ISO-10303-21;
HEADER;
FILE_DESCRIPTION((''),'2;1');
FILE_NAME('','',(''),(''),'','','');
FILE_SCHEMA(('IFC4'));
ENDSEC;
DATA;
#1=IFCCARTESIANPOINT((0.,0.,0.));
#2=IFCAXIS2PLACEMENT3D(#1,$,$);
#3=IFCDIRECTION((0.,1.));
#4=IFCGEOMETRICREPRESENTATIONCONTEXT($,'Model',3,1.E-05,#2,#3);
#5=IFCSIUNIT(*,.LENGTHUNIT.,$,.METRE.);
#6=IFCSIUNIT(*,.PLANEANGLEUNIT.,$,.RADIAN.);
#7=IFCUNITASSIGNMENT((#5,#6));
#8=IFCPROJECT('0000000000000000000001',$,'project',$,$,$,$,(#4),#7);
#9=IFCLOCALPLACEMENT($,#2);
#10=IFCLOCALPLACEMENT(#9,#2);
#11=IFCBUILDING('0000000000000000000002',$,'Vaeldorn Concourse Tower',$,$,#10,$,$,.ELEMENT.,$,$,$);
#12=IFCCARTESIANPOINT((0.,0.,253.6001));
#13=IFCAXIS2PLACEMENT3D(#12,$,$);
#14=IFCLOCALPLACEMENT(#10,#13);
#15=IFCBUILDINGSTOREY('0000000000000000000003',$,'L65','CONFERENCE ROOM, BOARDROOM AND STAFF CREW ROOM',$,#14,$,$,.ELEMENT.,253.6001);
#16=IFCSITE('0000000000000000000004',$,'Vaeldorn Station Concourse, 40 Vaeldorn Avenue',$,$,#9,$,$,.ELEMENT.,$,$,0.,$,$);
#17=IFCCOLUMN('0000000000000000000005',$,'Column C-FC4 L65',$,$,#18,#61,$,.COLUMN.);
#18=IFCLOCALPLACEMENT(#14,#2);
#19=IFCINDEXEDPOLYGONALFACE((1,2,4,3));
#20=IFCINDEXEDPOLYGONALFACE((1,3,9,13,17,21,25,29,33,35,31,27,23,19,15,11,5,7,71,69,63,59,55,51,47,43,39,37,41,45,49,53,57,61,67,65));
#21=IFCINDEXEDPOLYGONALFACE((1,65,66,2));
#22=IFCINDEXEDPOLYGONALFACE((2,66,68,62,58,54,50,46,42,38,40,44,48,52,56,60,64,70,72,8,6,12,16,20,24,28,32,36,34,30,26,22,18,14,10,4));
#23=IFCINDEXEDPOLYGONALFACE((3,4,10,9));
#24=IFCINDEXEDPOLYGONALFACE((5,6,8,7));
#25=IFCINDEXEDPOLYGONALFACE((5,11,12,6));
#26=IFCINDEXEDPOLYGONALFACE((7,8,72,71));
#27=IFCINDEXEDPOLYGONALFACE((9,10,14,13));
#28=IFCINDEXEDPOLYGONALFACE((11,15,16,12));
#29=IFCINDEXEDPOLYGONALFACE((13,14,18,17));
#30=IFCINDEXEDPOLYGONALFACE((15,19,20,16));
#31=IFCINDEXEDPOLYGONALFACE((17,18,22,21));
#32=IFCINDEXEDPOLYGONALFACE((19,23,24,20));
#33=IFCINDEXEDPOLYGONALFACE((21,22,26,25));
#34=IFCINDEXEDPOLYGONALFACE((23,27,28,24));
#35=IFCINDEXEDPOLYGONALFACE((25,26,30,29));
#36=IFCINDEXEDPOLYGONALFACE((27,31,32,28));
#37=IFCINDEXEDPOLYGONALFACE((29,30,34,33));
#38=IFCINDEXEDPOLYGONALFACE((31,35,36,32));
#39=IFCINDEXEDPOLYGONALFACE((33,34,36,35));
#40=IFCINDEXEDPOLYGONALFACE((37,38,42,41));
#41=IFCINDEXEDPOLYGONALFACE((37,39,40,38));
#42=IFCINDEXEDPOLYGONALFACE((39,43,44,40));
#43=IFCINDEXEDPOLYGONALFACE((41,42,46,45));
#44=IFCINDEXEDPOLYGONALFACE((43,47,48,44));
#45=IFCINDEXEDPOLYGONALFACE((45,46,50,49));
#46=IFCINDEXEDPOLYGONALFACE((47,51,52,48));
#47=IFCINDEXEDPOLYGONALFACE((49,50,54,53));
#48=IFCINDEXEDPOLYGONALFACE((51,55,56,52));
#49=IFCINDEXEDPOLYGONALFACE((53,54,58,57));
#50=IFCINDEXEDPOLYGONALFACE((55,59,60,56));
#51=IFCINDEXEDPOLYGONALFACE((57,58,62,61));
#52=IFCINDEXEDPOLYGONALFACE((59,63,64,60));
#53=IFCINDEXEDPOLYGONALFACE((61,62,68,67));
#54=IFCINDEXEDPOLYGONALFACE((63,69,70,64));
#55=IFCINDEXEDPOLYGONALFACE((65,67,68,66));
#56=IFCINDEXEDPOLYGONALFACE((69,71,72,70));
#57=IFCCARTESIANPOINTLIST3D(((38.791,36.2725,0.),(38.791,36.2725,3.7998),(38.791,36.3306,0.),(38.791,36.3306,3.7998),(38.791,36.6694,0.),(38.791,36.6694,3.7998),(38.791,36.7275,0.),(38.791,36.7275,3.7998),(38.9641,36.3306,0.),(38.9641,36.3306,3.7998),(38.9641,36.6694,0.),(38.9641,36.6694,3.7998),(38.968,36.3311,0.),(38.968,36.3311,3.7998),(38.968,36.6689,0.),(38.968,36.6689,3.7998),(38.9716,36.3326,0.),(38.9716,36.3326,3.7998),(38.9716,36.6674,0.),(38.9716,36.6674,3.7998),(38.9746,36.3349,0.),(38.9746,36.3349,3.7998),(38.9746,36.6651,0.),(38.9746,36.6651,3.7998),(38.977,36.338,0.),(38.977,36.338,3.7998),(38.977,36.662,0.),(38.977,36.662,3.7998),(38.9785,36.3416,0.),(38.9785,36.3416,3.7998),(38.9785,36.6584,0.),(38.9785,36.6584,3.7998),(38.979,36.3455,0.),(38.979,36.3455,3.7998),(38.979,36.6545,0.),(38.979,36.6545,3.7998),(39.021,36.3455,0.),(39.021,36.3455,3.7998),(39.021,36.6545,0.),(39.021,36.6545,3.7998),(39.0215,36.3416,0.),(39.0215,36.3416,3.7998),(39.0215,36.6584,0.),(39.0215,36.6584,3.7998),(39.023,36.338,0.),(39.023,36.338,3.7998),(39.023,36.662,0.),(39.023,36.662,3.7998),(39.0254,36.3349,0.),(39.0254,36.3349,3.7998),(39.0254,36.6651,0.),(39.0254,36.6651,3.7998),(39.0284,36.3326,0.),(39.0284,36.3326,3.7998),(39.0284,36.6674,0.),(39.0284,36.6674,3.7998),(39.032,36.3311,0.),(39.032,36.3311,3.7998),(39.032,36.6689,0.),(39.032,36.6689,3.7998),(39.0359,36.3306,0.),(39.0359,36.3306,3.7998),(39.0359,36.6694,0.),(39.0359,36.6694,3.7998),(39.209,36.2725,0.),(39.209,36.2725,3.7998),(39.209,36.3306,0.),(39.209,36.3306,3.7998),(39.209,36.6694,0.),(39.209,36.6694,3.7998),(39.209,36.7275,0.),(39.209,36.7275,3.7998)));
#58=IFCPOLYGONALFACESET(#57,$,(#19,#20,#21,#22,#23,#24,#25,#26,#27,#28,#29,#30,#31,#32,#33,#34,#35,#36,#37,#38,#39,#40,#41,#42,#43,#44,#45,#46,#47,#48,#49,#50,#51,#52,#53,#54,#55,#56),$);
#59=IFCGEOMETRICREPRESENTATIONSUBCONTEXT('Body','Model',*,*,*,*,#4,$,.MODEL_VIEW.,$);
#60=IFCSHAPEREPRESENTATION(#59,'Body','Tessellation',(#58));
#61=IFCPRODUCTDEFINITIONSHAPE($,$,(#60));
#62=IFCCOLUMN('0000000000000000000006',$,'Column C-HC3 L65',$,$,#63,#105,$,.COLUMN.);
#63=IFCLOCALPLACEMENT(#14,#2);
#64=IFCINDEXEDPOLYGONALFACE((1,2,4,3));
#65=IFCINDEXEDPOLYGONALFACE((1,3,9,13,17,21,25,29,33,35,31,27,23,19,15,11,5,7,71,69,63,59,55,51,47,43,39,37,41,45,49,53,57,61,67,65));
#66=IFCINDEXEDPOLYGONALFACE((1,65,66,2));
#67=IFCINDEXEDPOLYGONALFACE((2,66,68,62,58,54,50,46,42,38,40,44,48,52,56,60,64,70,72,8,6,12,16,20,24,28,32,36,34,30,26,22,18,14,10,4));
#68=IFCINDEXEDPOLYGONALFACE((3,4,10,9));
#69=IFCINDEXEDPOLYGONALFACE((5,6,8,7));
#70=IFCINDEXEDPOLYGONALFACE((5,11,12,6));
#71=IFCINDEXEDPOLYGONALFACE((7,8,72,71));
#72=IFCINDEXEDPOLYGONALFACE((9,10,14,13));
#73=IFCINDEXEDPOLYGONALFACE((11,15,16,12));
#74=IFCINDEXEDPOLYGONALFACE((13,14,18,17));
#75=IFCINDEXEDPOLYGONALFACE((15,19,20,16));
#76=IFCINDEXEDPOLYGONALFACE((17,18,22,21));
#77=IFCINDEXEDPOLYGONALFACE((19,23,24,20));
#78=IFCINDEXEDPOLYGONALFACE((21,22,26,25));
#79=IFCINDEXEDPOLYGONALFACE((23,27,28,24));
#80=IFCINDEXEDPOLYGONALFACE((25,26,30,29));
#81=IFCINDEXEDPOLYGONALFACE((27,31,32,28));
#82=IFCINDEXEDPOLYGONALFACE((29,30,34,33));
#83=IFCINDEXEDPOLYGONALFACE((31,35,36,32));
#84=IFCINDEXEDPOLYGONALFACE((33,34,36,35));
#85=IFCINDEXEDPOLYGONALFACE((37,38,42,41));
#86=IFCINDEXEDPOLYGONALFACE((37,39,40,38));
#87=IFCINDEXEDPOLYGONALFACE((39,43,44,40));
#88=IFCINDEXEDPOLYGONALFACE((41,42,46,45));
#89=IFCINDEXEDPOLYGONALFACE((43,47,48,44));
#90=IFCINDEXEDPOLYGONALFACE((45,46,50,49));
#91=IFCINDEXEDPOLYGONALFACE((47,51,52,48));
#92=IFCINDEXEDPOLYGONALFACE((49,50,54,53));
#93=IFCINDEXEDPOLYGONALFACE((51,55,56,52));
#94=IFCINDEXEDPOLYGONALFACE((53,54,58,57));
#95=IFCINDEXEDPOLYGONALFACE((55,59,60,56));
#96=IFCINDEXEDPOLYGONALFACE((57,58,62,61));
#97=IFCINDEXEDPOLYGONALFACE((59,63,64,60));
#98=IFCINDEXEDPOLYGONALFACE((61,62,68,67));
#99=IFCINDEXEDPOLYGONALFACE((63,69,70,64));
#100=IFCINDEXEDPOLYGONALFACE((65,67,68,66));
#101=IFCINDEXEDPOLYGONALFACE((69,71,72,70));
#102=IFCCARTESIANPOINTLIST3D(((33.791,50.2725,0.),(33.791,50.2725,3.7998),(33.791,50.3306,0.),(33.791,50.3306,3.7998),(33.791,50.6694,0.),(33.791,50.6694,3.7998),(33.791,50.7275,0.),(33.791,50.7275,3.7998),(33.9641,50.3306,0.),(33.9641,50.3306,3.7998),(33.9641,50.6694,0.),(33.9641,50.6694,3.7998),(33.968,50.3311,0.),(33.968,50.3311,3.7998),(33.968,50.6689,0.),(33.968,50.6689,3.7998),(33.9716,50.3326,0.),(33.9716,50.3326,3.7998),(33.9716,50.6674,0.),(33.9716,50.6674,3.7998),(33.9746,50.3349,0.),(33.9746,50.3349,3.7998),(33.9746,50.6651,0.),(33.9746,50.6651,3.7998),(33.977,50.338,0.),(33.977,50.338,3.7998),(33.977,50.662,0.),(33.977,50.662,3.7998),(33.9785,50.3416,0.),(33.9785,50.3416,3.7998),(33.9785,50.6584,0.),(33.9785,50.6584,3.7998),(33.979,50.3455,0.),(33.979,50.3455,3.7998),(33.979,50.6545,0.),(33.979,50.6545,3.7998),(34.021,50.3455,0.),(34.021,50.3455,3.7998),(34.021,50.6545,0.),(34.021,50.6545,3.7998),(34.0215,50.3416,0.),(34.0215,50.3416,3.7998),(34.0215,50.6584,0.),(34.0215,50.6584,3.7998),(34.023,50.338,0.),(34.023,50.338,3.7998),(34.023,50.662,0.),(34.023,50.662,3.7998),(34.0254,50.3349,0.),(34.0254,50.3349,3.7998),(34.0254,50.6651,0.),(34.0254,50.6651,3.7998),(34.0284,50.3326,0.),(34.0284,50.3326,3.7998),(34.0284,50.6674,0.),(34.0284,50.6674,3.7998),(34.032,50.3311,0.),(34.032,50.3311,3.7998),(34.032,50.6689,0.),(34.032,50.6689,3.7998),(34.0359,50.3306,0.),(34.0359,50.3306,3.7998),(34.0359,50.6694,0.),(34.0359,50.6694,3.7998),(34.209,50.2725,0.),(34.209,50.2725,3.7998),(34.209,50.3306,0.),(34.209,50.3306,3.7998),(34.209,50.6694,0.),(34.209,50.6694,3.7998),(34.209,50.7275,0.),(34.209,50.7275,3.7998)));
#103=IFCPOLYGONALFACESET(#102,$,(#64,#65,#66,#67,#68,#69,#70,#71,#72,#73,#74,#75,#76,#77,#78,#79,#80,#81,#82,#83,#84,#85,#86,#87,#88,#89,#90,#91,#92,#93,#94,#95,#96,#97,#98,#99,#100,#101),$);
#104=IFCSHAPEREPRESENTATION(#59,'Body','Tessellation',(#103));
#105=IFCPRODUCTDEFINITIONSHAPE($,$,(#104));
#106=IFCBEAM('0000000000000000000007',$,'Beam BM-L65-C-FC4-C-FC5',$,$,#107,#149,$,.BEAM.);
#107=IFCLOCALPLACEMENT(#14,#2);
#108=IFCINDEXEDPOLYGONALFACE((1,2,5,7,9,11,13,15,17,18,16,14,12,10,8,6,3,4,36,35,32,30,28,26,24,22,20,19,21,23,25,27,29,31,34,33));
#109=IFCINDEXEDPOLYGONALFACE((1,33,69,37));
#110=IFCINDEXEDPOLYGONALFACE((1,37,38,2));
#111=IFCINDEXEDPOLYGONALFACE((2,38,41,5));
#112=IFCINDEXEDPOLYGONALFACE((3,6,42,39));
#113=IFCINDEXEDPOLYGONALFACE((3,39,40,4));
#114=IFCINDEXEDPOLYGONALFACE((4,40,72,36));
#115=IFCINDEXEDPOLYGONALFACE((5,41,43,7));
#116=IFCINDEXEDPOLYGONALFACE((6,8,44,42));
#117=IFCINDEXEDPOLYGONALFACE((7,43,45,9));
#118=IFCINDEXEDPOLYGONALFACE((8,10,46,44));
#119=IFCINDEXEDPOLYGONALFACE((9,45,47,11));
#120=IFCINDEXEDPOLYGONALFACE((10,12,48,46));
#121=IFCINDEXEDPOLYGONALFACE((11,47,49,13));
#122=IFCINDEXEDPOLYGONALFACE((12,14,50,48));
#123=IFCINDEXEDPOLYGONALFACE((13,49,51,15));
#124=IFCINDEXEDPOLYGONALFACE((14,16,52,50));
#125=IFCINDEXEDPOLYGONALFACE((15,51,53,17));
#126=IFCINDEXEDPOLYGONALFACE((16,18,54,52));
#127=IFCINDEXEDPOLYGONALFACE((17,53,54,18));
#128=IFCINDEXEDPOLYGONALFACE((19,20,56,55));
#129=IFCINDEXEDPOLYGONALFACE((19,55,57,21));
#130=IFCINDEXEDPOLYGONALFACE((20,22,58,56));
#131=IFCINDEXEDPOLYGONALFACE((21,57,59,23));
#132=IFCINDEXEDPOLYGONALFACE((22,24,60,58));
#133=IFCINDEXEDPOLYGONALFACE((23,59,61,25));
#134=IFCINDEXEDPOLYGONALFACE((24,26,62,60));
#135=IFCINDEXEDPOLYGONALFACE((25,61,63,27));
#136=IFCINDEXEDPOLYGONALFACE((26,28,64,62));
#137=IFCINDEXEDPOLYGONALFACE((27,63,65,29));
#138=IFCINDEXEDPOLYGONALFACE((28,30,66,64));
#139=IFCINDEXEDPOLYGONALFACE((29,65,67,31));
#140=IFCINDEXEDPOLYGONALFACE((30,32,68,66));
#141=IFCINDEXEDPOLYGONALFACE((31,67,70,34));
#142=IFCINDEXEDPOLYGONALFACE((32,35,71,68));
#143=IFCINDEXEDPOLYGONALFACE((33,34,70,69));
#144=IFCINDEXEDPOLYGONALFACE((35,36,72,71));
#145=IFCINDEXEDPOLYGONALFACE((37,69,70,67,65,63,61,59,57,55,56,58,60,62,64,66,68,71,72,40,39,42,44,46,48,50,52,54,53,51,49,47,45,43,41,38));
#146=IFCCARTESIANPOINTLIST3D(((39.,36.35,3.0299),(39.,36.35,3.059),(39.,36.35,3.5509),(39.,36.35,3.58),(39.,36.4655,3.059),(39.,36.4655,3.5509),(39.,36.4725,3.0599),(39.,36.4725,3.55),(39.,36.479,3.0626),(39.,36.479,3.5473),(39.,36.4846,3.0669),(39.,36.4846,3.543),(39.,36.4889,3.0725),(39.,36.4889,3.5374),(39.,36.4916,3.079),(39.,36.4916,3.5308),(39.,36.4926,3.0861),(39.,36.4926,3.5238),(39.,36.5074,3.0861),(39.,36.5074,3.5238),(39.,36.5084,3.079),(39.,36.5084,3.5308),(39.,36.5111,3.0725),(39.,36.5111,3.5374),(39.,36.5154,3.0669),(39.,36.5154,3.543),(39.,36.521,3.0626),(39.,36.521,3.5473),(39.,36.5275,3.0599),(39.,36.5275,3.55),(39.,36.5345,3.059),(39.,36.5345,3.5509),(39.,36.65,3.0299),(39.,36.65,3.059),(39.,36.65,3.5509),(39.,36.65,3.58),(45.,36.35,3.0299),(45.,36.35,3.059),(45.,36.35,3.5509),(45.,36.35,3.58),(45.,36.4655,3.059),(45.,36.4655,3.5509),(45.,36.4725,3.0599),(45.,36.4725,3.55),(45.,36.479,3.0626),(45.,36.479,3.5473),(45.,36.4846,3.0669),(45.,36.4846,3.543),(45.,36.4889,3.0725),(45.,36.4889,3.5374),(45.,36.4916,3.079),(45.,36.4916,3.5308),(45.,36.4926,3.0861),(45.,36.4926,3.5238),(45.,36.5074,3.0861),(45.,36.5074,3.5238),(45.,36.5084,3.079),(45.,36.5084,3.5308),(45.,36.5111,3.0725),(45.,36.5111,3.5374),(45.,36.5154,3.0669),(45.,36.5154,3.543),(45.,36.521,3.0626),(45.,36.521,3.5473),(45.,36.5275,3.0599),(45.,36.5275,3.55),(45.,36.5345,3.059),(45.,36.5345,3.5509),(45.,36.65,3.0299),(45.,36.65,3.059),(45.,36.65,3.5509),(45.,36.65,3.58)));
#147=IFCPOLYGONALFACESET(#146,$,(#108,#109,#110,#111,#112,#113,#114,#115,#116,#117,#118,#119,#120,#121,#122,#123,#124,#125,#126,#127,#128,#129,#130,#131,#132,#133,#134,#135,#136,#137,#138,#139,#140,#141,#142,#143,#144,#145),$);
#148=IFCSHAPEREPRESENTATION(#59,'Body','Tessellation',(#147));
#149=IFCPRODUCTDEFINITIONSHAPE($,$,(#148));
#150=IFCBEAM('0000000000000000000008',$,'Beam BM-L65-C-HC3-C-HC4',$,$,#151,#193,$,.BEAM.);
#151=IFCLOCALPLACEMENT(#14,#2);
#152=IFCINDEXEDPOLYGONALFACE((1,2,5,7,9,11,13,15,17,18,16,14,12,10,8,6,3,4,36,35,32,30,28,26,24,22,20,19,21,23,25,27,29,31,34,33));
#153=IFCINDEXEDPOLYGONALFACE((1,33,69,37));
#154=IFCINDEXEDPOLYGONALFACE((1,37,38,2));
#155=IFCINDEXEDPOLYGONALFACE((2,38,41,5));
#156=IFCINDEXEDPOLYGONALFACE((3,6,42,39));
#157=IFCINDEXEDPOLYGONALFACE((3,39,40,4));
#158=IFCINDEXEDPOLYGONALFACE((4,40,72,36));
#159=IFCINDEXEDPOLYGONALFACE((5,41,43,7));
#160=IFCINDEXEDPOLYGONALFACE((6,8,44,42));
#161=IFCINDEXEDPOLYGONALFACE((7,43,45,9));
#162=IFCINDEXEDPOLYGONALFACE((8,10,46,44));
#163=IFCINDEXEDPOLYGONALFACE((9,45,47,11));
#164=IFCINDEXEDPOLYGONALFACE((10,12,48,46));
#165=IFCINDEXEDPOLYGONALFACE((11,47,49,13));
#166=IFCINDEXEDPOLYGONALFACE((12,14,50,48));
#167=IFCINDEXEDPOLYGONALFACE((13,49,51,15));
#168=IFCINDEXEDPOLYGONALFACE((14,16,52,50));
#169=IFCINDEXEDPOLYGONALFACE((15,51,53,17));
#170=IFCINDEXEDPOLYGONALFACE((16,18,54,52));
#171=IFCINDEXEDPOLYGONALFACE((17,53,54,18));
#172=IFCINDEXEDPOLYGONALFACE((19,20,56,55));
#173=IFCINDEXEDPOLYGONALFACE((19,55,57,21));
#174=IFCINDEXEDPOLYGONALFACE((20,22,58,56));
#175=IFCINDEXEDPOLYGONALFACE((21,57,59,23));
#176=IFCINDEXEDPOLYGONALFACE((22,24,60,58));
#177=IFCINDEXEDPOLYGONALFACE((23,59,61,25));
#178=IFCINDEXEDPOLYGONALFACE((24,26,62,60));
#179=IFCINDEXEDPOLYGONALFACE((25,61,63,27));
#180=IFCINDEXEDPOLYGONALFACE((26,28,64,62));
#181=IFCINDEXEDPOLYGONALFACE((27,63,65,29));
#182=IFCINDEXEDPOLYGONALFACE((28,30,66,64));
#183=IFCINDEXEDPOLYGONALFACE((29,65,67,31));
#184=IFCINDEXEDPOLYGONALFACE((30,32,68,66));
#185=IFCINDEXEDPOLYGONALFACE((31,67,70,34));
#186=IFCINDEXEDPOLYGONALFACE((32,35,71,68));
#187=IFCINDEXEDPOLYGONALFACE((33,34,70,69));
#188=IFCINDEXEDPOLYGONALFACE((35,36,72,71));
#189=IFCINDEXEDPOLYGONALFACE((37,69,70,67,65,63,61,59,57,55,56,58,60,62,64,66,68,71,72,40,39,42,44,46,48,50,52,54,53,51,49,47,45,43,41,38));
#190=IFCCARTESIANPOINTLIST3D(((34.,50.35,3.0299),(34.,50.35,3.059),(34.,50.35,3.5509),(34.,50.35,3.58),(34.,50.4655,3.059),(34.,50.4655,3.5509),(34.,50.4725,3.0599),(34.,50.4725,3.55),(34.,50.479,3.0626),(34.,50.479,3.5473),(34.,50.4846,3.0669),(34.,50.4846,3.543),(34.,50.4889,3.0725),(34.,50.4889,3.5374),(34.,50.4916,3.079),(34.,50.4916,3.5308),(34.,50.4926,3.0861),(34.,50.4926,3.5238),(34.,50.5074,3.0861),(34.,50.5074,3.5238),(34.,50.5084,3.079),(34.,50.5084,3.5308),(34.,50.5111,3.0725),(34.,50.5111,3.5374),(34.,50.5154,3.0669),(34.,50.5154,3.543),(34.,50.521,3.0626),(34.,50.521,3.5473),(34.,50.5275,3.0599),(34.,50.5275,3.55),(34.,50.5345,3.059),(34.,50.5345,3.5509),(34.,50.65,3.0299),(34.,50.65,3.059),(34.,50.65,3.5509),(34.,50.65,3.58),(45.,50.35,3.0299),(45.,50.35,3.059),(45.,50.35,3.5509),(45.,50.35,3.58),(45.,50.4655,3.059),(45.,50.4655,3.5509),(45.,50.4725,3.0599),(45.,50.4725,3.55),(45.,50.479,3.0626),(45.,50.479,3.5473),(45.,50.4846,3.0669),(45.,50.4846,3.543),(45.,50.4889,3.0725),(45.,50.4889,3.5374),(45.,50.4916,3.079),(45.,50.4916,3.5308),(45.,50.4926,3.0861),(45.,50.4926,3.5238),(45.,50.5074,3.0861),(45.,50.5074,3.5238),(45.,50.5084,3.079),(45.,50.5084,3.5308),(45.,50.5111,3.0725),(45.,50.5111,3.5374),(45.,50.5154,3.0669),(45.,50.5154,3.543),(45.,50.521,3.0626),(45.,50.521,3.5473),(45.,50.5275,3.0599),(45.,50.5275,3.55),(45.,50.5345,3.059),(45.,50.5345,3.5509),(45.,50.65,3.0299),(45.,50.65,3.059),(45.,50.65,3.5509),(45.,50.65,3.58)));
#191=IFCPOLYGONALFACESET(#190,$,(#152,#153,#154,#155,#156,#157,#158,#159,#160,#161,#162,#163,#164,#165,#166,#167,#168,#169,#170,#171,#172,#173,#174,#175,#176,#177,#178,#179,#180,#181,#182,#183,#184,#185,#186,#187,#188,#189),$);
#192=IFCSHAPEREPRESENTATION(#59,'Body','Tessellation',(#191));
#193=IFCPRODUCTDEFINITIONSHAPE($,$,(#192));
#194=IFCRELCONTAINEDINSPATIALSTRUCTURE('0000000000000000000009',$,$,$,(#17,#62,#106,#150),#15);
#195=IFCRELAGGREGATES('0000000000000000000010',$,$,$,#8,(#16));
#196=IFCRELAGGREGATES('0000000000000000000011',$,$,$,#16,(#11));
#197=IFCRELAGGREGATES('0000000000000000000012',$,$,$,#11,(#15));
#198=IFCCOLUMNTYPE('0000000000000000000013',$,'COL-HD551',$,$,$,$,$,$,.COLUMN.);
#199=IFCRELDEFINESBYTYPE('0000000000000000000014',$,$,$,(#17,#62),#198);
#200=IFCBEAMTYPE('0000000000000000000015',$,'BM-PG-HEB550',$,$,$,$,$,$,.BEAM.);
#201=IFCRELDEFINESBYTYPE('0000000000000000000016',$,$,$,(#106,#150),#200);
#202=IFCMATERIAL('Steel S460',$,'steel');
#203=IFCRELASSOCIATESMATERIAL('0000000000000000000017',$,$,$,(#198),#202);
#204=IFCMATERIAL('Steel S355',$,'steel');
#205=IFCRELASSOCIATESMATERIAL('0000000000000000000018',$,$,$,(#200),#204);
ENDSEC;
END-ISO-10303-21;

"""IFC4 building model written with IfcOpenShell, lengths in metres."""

from ifc_helpers import new_model, si_unit, direction, frame, origin, origin_2d, place, context, subcontext, project, spatial, i_section, extrude, source, transform, mapped, material, material_profile, profile_set, type_object, element, save


model = new_model("IFC4")

# Units and contexts
model_context = context("Model", 3, precision=1e-05, world=origin(), true_north=direction((0.0, 1.0)))
body_context = subcontext(model_context, "Body", "Model", "MODEL_VIEW")
ifc_project = project(units=[si_unit("LENGTHUNIT", "METRE"), si_unit("PLANEANGLEUNIT", "RADIAN")], contexts=[model_context])

# Site, building, storey
site_placement = place(None, origin())
site = spatial("IfcSite", under=ifc_project, at=site_placement, Name="Vaeldorn Station Concourse, 40 Vaeldorn Avenue", CompositionType="ELEMENT", RefElevation=0.0)
building_placement = place(site_placement, origin())
building = spatial("IfcBuilding", under=site, at=building_placement, Name="Vaeldorn Concourse Tower", CompositionType="ELEMENT")
storey_placement = place(building_placement, frame((0.0, 0.0, 253.6001)))
storey = spatial("IfcBuildingStorey", under=building, at=storey_placement, Name="L65", Description="CONFERENCE ROOM, BOARDROOM AND STAFF CREW ROOM", CompositionType="ELEMENT", Elevation=253.6001)

# Columns
ifc_material_1 = material(Name="Steel S460", Category="steel")
ifc_material_profile_1 = material_profile(ifc_material_1, i_section(OverallWidth=0.418, OverallDepth=0.4551, WebThickness=0.042, FlangeThickness=0.0581, FilletRadius=0.0149, at=origin_2d()), Name="HD 400x551")
ifc_profile_set_1 = profile_set([ifc_material_profile_1], Name="Steel S460")
column_type = type_object("IfcColumnType", Name="COL-HD551", PredefinedType="COLUMN", material=ifc_profile_set_1)
shared_shape_1 = source(origin(), body_context, "Body", "SweptSolid", [
    extrude(i_section(OverallWidth=0.418, OverallDepth=0.4551, WebThickness=0.042, FlangeThickness=0.0581, FilletRadius=0.0149, at=origin_2d()), origin(), (0.0, 0.0, 1.0), 3.7998),
])
for number, where, z_axis, x_axis, name in (
    (1, (39.0, 36.5, 0.0), (0.0, 0.0, 1.0), (1.0, 0.0, 0.0), "Column C-FC4 L65"),
    (2, (34.0, 50.5, 0.0), (0.0, 0.0, 1.0), (1.0, 0.0, 0.0), "Column C-HC3 L65"),
):
    element("IfcColumn", number, at=place(storey_placement, frame(where, z_axis=z_axis, x_axis=x_axis)), inside=storey, type_object=column_type, Name=name, PredefinedType="COLUMN", context=body_context, shape_type="MappedRepresentation", body=[
        mapped(shared_shape_1, transform((0.0, 0.0, 0.0), scale=1.0)),
    ])

# Beams
ifc_material_2 = material(Name="Steel S355", Category="steel")
ifc_material_profile_2 = material_profile(ifc_material_2, i_section(OverallWidth=0.3, OverallDepth=0.55, WebThickness=0.0149, FlangeThickness=0.0291, FilletRadius=0.0271, at=origin_2d()), Name="HEB 550")
ifc_profile_set_2 = profile_set([ifc_material_profile_2], Name="Steel S355")
beam_type = type_object("IfcBeamType", Name="BM-PG-HEB550", PredefinedType="BEAM", material=ifc_profile_set_2)
shared_shape_2 = source(origin(), body_context, "Body", "SweptSolid", [
    extrude(i_section(OverallWidth=0.3, OverallDepth=0.55, WebThickness=0.0149, FlangeThickness=0.0291, FilletRadius=0.0271, at=origin_2d()), origin(), (0.0, 0.0, 1.0), 6.0),
])
beam_1_placement = place(storey_placement, frame((39.0, 36.5, 3.3049), z_axis=(1.0, 0.0, 0.0), x_axis=(0.0, 1.0, 0.0)))
element("IfcBeam", 3, at=beam_1_placement, inside=storey, type_object=beam_type, Name="Beam BM-L65-C-FC4-C-FC5", PredefinedType="BEAM", context=body_context, shape_type="MappedRepresentation", body=[
    mapped(shared_shape_2, transform((0.0, 0.0, 0.0), scale=1.0)),
])
shared_shape_3 = source(origin(), body_context, "Body", "SweptSolid", [
    extrude(i_section(OverallWidth=0.3, OverallDepth=0.55, WebThickness=0.0149, FlangeThickness=0.0291, FilletRadius=0.0271, at=origin_2d()), origin(), (0.0, 0.0, 1.0), 11.0),
])
beam_2_placement = place(storey_placement, frame((34.0, 50.5, 3.3049), z_axis=(1.0, 0.0, 0.0), x_axis=(0.0, 1.0, 0.0)))
element("IfcBeam", 4, at=beam_2_placement, inside=storey, type_object=beam_type, Name="Beam BM-L65-C-HC3-C-HC4", PredefinedType="BEAM", context=body_context, shape_type="MappedRepresentation", body=[
    mapped(shared_shape_3, transform((0.0, 0.0, 0.0), scale=1.0)),
])

save(model, "model.ifc")
